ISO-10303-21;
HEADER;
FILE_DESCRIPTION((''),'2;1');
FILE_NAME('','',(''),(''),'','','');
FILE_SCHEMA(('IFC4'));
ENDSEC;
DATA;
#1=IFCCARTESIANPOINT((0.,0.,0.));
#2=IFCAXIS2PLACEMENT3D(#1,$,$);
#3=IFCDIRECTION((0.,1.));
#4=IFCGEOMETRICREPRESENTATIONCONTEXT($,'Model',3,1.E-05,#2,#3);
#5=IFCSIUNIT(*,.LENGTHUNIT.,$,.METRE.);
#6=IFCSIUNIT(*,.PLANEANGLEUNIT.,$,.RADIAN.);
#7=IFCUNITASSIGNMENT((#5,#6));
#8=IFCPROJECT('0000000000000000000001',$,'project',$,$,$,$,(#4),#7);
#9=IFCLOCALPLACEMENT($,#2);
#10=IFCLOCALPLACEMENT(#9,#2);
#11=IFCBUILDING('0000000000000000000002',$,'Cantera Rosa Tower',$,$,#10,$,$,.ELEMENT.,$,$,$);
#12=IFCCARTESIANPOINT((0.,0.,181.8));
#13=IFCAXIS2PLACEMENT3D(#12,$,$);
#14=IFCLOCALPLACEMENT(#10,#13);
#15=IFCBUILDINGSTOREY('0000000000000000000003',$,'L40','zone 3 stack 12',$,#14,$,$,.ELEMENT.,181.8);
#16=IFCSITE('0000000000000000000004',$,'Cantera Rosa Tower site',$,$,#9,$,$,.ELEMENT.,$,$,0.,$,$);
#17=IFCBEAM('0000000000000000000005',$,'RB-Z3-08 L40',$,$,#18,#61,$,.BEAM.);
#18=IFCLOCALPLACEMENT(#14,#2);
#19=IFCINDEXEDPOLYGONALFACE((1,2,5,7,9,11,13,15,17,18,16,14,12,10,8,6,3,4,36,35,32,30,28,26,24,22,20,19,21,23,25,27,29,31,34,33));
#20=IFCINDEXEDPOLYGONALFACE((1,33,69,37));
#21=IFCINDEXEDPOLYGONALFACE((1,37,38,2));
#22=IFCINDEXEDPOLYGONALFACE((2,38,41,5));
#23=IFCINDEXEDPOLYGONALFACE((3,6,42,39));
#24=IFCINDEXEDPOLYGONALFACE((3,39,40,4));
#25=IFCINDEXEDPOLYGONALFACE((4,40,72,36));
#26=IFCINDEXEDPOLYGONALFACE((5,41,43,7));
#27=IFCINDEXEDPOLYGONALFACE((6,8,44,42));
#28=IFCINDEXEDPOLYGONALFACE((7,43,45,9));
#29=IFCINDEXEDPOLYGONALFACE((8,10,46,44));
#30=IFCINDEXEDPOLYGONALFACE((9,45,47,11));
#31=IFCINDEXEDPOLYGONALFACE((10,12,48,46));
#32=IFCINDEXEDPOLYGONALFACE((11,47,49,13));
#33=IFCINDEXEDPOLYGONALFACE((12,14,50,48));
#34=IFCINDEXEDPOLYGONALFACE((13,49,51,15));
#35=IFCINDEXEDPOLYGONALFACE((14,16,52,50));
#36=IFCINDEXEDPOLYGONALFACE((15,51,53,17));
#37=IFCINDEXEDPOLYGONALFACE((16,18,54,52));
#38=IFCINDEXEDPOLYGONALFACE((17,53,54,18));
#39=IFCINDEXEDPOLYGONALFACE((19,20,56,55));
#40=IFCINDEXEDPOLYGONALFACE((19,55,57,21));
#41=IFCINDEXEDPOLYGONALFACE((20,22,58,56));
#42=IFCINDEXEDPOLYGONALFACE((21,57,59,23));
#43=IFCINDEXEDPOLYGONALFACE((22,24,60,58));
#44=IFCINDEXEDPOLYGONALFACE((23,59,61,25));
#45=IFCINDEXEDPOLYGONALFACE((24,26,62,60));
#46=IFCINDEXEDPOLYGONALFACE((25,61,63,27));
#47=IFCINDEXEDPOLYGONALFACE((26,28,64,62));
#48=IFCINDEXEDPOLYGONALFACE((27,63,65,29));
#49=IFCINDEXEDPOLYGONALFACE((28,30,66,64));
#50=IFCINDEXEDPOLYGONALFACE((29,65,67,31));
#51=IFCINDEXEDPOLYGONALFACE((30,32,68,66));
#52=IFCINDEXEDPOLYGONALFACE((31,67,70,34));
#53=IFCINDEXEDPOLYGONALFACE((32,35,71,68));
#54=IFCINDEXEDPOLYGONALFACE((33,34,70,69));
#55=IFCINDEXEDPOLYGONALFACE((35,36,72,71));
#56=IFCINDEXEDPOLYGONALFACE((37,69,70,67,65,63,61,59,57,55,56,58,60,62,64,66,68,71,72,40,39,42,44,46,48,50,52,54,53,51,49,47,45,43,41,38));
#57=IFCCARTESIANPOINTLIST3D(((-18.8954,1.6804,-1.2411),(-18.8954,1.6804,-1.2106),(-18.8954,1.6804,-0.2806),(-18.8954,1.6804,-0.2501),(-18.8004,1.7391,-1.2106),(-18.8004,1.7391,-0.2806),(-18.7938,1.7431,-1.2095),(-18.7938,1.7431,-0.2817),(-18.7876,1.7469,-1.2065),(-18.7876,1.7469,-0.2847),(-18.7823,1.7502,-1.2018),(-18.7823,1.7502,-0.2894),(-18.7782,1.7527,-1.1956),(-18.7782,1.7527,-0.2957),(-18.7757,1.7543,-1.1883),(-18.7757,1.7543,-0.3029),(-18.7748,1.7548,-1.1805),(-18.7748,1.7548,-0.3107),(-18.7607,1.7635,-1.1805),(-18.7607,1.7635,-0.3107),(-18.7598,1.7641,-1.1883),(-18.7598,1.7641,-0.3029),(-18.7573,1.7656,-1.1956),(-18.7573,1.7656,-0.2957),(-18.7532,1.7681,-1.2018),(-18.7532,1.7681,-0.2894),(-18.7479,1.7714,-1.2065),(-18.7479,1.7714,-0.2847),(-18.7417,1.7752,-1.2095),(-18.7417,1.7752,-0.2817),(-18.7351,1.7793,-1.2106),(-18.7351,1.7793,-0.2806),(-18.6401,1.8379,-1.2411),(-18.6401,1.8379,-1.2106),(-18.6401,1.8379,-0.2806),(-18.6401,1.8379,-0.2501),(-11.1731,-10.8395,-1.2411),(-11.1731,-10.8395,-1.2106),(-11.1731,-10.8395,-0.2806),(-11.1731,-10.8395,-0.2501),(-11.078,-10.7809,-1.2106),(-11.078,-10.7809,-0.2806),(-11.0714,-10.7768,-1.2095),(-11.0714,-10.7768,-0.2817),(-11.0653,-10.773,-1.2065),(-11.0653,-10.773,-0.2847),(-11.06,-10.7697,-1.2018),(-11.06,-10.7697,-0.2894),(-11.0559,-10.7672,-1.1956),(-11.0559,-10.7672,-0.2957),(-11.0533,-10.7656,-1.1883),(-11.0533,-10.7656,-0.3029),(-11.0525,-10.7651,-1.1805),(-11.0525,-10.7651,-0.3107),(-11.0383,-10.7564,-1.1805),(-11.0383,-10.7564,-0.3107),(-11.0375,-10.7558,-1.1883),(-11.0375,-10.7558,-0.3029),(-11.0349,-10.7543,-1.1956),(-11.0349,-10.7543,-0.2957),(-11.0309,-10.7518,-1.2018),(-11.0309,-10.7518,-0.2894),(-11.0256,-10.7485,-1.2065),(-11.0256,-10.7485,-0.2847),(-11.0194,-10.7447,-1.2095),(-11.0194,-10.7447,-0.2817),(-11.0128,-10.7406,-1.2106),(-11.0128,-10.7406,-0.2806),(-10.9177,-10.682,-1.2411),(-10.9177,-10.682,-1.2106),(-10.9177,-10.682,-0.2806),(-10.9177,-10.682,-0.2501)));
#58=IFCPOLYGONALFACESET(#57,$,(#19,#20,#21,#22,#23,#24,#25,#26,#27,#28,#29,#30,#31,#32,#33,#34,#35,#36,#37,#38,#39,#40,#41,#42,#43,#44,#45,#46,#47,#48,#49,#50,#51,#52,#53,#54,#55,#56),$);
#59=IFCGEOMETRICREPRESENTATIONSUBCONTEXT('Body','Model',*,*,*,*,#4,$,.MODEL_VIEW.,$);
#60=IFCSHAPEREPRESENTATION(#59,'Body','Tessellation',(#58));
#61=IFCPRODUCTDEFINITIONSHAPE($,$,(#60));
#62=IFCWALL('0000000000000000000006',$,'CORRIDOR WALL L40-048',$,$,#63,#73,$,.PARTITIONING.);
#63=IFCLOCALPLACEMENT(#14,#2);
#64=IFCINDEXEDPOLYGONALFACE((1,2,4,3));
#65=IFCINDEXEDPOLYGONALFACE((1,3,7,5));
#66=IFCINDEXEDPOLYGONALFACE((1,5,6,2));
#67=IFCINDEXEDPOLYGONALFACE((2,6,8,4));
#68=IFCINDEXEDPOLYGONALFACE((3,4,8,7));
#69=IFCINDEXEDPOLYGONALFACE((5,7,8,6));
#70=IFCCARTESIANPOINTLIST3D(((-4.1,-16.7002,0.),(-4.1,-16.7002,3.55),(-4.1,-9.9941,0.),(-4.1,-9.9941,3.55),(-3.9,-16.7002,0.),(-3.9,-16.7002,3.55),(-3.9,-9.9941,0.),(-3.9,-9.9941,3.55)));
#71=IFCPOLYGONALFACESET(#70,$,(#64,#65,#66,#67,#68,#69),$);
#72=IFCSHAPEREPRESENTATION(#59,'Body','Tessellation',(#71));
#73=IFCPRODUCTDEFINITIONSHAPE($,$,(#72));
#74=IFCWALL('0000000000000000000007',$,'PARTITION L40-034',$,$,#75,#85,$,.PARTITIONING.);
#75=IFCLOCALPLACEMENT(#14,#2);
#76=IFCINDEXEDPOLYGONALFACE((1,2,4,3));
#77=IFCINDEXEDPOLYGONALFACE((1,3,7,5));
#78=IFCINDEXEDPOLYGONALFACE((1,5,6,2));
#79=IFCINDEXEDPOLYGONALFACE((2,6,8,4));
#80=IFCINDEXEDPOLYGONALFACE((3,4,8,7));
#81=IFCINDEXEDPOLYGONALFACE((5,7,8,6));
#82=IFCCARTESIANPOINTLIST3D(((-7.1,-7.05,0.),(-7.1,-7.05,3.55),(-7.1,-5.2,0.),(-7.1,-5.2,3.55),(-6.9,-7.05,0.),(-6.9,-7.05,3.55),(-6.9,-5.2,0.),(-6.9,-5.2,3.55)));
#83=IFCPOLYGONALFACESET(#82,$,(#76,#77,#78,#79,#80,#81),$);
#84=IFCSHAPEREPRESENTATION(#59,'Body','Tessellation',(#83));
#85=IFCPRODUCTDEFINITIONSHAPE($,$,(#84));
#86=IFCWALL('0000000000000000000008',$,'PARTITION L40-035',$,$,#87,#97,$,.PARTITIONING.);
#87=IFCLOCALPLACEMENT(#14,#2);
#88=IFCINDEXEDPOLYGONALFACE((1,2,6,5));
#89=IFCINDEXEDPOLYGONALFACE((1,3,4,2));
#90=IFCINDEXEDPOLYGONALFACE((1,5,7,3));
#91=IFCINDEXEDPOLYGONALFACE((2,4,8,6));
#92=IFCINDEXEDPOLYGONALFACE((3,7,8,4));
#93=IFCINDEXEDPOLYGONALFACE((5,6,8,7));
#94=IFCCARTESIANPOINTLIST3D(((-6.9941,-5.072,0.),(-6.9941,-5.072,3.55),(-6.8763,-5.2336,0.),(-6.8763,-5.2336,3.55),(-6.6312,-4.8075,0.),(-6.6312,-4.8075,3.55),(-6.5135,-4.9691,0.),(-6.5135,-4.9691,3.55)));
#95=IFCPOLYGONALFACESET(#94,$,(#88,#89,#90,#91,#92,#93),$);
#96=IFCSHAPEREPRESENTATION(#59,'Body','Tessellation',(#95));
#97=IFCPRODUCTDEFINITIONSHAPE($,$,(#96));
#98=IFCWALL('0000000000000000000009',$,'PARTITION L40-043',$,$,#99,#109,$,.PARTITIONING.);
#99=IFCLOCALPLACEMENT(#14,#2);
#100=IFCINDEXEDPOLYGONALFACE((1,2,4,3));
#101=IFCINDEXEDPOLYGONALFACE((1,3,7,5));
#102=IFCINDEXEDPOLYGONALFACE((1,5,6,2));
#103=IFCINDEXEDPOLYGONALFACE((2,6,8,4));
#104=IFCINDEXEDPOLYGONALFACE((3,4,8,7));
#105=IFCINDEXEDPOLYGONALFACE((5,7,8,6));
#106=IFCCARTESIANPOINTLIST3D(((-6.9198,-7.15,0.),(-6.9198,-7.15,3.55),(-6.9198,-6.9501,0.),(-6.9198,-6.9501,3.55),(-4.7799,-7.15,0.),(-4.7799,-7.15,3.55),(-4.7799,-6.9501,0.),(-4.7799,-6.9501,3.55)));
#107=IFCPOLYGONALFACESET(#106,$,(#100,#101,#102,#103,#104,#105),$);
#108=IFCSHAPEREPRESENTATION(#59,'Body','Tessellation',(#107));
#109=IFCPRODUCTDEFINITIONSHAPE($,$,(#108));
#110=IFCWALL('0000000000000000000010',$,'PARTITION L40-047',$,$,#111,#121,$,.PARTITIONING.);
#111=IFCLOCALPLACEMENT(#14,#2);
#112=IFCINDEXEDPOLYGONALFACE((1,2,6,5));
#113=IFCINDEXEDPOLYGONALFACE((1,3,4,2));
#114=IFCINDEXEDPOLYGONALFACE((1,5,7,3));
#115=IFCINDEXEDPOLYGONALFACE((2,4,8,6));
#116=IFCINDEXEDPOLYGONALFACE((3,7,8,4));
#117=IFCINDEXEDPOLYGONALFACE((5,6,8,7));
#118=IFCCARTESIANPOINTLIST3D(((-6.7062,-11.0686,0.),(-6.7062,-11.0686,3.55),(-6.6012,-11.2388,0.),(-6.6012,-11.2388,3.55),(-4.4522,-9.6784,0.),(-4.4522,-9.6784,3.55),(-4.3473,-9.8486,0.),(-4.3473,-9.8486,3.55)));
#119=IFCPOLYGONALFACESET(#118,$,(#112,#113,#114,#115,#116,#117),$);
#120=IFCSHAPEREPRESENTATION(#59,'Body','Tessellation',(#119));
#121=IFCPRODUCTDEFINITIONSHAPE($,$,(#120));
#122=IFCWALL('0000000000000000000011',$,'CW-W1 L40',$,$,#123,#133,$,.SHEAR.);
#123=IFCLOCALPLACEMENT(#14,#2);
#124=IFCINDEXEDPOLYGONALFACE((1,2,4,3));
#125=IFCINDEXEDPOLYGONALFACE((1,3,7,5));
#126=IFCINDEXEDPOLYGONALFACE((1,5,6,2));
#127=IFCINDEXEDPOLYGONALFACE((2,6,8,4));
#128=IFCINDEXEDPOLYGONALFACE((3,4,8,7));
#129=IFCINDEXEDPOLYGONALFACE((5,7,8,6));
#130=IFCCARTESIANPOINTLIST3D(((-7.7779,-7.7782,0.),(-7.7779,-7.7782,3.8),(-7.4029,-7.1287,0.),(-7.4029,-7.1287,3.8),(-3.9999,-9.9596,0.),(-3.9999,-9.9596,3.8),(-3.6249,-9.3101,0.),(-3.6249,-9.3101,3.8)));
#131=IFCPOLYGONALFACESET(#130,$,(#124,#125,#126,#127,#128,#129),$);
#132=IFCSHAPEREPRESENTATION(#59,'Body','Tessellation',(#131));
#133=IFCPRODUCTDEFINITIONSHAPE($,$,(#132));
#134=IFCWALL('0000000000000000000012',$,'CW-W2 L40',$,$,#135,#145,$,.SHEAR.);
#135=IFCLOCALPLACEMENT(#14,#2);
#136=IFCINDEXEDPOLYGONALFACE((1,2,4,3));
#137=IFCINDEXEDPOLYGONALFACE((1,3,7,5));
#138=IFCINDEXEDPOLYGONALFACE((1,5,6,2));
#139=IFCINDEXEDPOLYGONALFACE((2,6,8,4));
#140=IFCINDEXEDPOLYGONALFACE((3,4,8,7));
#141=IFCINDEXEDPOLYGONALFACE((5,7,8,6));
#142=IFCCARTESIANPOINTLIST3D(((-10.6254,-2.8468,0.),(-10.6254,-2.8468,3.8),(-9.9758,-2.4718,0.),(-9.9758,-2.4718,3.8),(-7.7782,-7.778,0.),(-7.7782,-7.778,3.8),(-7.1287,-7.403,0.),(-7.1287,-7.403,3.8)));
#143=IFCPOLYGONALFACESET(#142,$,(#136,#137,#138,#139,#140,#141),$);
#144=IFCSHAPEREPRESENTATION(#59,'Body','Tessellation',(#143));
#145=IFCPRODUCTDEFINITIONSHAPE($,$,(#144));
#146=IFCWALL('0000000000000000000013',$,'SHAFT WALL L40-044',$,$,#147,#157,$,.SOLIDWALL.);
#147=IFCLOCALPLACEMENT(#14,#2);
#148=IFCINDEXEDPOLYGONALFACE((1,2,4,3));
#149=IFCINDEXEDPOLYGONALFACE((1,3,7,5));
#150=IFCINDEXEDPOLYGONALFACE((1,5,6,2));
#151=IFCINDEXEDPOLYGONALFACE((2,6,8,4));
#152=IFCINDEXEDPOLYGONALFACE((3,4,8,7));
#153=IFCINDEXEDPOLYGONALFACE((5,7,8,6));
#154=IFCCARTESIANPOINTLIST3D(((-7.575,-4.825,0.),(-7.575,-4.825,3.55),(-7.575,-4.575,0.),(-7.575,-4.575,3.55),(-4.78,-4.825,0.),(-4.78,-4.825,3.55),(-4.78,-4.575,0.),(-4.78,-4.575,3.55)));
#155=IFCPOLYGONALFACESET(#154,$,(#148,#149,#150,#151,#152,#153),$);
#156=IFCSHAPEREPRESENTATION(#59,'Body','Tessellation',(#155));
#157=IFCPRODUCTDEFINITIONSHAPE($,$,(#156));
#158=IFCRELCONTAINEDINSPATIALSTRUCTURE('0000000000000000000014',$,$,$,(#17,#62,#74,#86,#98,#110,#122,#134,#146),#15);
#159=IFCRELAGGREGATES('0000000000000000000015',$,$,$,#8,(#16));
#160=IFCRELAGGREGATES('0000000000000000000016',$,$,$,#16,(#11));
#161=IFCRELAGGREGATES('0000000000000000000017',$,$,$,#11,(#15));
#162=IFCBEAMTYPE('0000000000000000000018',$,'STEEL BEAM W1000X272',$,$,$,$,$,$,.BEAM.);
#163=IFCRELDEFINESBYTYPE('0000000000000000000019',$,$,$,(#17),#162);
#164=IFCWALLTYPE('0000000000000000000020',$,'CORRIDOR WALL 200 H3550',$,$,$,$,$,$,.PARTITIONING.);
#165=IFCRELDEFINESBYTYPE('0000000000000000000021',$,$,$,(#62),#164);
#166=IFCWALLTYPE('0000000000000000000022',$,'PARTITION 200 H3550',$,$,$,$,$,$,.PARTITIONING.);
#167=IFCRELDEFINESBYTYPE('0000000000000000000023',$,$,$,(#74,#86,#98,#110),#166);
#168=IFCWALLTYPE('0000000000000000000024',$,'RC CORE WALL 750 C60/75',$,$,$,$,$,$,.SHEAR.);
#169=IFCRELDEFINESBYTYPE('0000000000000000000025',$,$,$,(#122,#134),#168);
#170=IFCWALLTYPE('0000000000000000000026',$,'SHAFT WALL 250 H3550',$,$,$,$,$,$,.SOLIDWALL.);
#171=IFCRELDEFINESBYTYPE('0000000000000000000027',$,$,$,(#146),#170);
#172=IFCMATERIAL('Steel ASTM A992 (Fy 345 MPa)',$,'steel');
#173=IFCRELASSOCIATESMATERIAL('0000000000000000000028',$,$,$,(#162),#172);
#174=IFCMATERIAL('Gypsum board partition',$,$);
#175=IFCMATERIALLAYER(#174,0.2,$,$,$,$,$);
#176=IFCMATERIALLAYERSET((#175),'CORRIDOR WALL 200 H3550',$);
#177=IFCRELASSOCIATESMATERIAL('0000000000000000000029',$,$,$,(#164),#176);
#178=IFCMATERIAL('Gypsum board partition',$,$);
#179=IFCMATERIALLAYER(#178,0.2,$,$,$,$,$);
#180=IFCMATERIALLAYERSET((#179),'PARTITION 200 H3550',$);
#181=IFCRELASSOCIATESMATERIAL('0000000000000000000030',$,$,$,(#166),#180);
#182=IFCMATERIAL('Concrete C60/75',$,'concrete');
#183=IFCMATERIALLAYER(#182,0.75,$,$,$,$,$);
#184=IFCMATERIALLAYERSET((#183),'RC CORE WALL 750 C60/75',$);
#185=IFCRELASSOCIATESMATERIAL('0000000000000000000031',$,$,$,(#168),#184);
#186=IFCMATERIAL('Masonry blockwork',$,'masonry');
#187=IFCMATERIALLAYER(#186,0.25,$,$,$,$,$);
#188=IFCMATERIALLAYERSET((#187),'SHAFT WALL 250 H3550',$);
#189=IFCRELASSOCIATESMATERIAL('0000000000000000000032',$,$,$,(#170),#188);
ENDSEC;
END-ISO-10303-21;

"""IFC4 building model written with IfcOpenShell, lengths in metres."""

from ifc_helpers import new_model, si_unit, direction, frame, frame_2d, origin, origin_2d, place, context, subcontext, project, spatial, rectangle, i_section, extrude, material, layer, layer_set, material_profile, profile_set, type_object, element, save


model = new_model("IFC4")

# Units and contexts
model_context = context("Model", 3, precision=1e-05, world=origin(), true_north=direction((0.0, 1.0)))
body_context = subcontext(model_context, "Body", "Model", "MODEL_VIEW")
ifc_project = project(units=[si_unit("LENGTHUNIT", "METRE"), si_unit("PLANEANGLEUNIT", "RADIAN")], contexts=[model_context])

# Site, building, storey
site_placement = place(None, origin())
site = spatial("IfcSite", under=ifc_project, at=site_placement, Name="Cantera Rosa Tower site", CompositionType="ELEMENT", RefElevation=0.0)
building_placement = place(site_placement, origin())
building = spatial("IfcBuilding", under=site, at=building_placement, Name="Cantera Rosa Tower", CompositionType="ELEMENT")
storey_placement = place(building_placement, frame((0.0, 0.0, 181.8)))
storey = spatial("IfcBuildingStorey", under=building, at=storey_placement, Name="L40", Description="zone 3 stack 12", CompositionType="ELEMENT", Elevation=181.8)

# Beam
ifc_material_1 = material(Name="Steel ASTM A992 (Fy 345 MPa)", Category="steel")
ifc_material_profile = material_profile(ifc_material_1, i_section(OverallWidth=0.3, OverallDepth=0.991, WebThickness=0.0166, FlangeThickness=0.0305, FilletRadius=0.03, at=origin_2d()), Name="W1000X272")
ifc_profile_set = profile_set([ifc_material_profile], Name="Steel ASTM A992 (Fy 345 MPa)")
beam_type = type_object("IfcBeamType", Name="STEEL BEAM W1000X272", PredefinedType="BEAM", material=ifc_profile_set)
beam_placement = place(storey_placement, frame((-11.0454, -10.7607, -0.7456), z_axis=(-0.524974, 0.851118, 0.0), x_axis=(-0.851118, -0.524974, 0.0)))
element("IfcBeam", 1, at=beam_placement, inside=storey, type_object=beam_type, Name="RB-Z3-08 L40", PredefinedType="BEAM", context=body_context, shape_type="SweptSolid", body=[
    extrude(i_section(OverallWidth=0.3, OverallDepth=0.991, WebThickness=0.0166, FlangeThickness=0.0305, FilletRadius=0.03, at=origin_2d()), origin(), (0.0, 0.0, 1.0), 14.71),
])

# Walls
ifc_material_2 = material(Name="Gypsum board partition")
ifc_layer_1 = layer(ifc_material_2, 0.2)
ifc_layer_set_1 = layer_set([ifc_layer_1], Name="CORRIDOR WALL 200 H3550")
wall_type_1 = type_object("IfcWallType", Name="CORRIDOR WALL 200 H3550", PredefinedType="PARTITIONING", material=ifc_layer_set_1)
wall_1_placement = place(storey_placement, frame((-4.0, -9.9941, 0.0), z_axis=(0.0, 0.0, 1.0), x_axis=(0.0, -1.0, 0.0)))
element("IfcWall", 2, at=wall_1_placement, inside=storey, type_object=wall_type_1, Name="CORRIDOR WALL L40-048", PredefinedType="PARTITIONING", context=body_context, shape_type="SweptSolid", body=[
    extrude(rectangle(XDim=6.7061, YDim=0.2, at=frame_2d((3.353, 0.0))), origin(), (0.0, 0.0, 1.0), 3.55),
])
ifc_material_3 = material(Name="Gypsum board partition")
ifc_layer_2 = layer(ifc_material_3, 0.2)
ifc_layer_set_2 = layer_set([ifc_layer_2], Name="PARTITION 200 H3550")
wall_type_2 = type_object("IfcWallType", Name="PARTITION 200 H3550", PredefinedType="PARTITIONING", material=ifc_layer_set_2)
wall_2_placement = place(storey_placement, frame((-7.0, -7.05, 0.0), z_axis=(0.0, 0.0, 1.0), x_axis=(0.0, 1.0, 0.0)))
element("IfcWall", 3, at=wall_2_placement, inside=storey, type_object=wall_type_2, Name="PARTITION L40-034", PredefinedType="PARTITIONING", context=body_context, shape_type="SweptSolid", body=[
    extrude(rectangle(XDim=1.8501, YDim=0.2, at=frame_2d((0.925, 0.0))), origin(), (0.0, 0.0, 1.0), 3.55),
])
wall_3_placement = place(storey_placement, frame((-6.9353, -5.1528, 0.0), z_axis=(0.0, 0.0, 1.0), x_axis=(0.808148, 0.58898, 0.0)))
element("IfcWall", 4, at=wall_3_placement, inside=storey, type_object=wall_type_2, Name="PARTITION L40-035", PredefinedType="PARTITIONING", context=body_context, shape_type="SweptSolid", body=[
    extrude(rectangle(XDim=0.449, YDim=0.2, at=frame_2d((0.2246, 0.0))), origin(), (0.0, 0.0, 1.0), 3.55),
])
wall_4_placement = place(storey_placement, frame((-4.78, -7.05, 0.0), z_axis=(0.0, 0.0, 1.0), x_axis=(-1.0, 0.0, 0.0)))
element("IfcWall", 5, at=wall_4_placement, inside=storey, type_object=wall_type_2, Name="PARTITION L40-043", PredefinedType="PARTITIONING", context=body_context, shape_type="SweptSolid", body=[
    extrude(rectangle(XDim=2.1399, YDim=0.2, at=frame_2d((1.0698, 0.0))), origin(), (0.0, 0.0, 1.0), 3.55),
])
wall_5_placement = place(storey_placement, frame((-4.3997, -9.7634, 0.0), z_axis=(0.0, 0.0, 1.0), x_axis=(-0.851132, -0.524951, 0.0)))
element("IfcWall", 6, at=wall_5_placement, inside=storey, type_object=wall_type_2, Name="PARTITION L40-047", PredefinedType="PARTITIONING", context=body_context, shape_type="SweptSolid", body=[
    extrude(rectangle(XDim=2.6482, YDim=0.2, at=frame_2d((1.3242, 0.0))), origin(), (0.0, 0.0, 1.0), 3.55),
])
ifc_material_4 = material(Name="Concrete C60/75", Category="concrete")
ifc_layer_3 = layer(ifc_material_4, 0.75)
ifc_layer_set_3 = layer_set([ifc_layer_3], Name="RC CORE WALL 750 C60/75")
wall_type_3 = type_object("IfcWallType", Name="RC CORE WALL 750 C60/75", PredefinedType="SHEAR", material=ifc_layer_set_3)
wall_6_placement = place(storey_placement, frame((-3.8125, -9.6348, 0.0), z_axis=(0.0, 0.0, 1.0), x_axis=(-0.866013, 0.500021, 0.0)))
element("IfcWall", 7, at=wall_6_placement, inside=storey, type_object=wall_type_3, Name="CW-W1 L40", PredefinedType="SHEAR", context=body_context, shape_type="SweptSolid", body=[
    extrude(rectangle(XDim=4.3625, YDim=0.75, at=frame_2d((2.1812, 0.0))), origin(), (0.0, 0.0, 1.0), 3.8),
])
wall_7_placement = place(storey_placement, frame((-7.4534, -7.5906, 0.0), z_axis=(0.0, 0.0, 1.0), x_axis=(-0.500022, 0.866013, 0.0)))
element("IfcWall", 8, at=wall_7_placement, inside=storey, type_object=wall_type_3, Name="CW-W2 L40", PredefinedType="SHEAR", context=body_context, shape_type="SweptSolid", body=[
    extrude(rectangle(XDim=5.6941, YDim=0.75, at=frame_2d((2.8472, 0.0))), origin(), (0.0, 0.0, 1.0), 3.8),
])
ifc_material_5 = material(Name="Masonry blockwork", Category="masonry")
ifc_layer_4 = layer(ifc_material_5, 0.25)
ifc_layer_set_4 = layer_set([ifc_layer_4], Name="SHAFT WALL 250 H3550")
wall_type_4 = type_object("IfcWallType", Name="SHAFT WALL 250 H3550", PredefinedType="SOLIDWALL", material=ifc_layer_set_4)
wall_8_placement = place(storey_placement, frame((-4.78, -4.7, 0.0), z_axis=(0.0, 0.0, 1.0), x_axis=(-1.0, 0.0, 0.0)))
element("IfcWall", 9, at=wall_8_placement, inside=storey, type_object=wall_type_4, Name="SHAFT WALL L40-044", PredefinedType="SOLIDWALL", context=body_context, shape_type="SweptSolid", body=[
    extrude(rectangle(XDim=2.7949, YDim=0.25, at=frame_2d((1.3975, 0.0))), origin(), (0.0, 0.0, 1.0), 3.55),
])

save(model, "model.ifc")
